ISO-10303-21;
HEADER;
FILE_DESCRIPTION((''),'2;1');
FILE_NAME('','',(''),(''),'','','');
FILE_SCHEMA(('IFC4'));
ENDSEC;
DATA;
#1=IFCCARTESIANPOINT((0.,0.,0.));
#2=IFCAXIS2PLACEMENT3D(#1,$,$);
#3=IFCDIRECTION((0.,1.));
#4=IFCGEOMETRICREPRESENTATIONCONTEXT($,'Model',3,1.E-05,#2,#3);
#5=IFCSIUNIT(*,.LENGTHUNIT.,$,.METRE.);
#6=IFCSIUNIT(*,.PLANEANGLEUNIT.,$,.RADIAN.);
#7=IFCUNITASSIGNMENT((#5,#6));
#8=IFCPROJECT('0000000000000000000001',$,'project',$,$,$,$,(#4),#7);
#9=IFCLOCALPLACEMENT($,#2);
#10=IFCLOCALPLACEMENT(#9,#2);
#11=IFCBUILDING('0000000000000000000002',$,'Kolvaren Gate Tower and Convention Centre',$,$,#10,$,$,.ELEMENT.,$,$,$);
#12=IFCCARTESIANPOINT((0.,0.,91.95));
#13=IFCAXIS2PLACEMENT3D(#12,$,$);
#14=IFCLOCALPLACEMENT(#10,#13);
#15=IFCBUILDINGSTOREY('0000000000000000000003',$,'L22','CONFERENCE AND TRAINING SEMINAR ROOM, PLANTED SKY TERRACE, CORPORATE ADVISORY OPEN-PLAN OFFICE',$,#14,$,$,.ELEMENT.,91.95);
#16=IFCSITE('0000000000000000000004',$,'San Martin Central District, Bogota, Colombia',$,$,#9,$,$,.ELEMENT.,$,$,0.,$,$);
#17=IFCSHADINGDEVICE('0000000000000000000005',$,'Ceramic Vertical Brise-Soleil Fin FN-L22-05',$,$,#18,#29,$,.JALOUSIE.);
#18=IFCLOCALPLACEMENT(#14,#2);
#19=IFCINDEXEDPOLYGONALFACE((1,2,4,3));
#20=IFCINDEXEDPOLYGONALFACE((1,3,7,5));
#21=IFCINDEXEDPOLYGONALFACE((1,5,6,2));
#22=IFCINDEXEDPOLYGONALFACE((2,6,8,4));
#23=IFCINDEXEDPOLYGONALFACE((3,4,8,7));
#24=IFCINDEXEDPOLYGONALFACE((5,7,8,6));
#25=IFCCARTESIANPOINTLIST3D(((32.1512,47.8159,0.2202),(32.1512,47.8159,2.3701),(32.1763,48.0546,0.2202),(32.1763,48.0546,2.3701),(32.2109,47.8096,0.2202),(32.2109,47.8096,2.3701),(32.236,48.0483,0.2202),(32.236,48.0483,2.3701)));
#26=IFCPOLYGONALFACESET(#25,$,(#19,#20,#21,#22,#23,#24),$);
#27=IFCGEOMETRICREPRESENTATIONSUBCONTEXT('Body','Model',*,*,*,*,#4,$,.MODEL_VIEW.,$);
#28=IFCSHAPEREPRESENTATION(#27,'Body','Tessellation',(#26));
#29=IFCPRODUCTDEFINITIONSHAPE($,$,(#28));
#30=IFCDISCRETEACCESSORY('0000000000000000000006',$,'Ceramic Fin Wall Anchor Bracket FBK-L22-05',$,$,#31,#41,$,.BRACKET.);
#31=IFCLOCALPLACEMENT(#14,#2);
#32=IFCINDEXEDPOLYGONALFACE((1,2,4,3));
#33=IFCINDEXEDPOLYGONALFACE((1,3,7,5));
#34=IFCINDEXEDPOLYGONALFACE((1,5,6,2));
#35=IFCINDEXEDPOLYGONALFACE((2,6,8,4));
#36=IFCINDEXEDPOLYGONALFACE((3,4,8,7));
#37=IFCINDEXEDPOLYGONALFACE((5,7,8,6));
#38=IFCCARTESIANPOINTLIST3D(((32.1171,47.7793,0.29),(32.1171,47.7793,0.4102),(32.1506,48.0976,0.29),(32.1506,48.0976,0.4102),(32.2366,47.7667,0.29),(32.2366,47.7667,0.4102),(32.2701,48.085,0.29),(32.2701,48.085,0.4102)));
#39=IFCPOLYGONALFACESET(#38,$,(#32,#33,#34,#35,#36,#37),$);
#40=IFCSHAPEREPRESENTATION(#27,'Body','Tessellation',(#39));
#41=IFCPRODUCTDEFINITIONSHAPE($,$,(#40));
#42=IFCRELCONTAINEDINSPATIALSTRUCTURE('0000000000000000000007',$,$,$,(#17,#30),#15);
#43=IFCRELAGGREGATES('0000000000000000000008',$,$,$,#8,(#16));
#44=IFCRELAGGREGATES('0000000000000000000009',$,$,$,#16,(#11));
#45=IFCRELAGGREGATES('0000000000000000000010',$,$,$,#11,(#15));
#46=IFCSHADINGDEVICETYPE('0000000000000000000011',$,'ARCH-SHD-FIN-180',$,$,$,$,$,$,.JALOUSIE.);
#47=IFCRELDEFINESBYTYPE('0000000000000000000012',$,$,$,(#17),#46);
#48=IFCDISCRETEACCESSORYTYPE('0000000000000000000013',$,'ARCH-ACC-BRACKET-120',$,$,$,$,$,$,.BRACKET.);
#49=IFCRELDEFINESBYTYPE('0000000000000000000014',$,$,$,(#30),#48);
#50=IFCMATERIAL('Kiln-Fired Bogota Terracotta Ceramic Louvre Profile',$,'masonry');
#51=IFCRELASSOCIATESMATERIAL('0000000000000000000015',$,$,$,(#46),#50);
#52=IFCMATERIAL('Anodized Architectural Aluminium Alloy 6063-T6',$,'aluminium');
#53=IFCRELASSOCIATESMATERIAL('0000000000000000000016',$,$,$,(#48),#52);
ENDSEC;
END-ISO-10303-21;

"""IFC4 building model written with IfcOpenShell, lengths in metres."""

from ifc_helpers import new_model, si_unit, direction, frame, origin, origin_2d, place, context, subcontext, project, spatial, rectangle, extrude, material, type_object, element, save


model = new_model("IFC4")

# Units and contexts
model_context = context("Model", 3, precision=1e-05, world=origin(), true_north=direction((0.0, 1.0)))
body_context = subcontext(model_context, "Body", "Model", "MODEL_VIEW")
ifc_project = project(units=[si_unit("LENGTHUNIT", "METRE"), si_unit("PLANEANGLEUNIT", "RADIAN")], contexts=[model_context])

# Site, building, storey
site_placement = place(None, origin())
site = spatial("IfcSite", under=ifc_project, at=site_placement, Name="San Martin Central District, Bogota, Colombia", CompositionType="ELEMENT", RefElevation=0.0)
building_placement = place(site_placement, origin())
building = spatial("IfcBuilding", under=site, at=building_placement, Name="Kolvaren Gate Tower and Convention Centre", CompositionType="ELEMENT")
storey_placement = place(building_placement, frame((0.0, 0.0, 91.95)))
storey = spatial("IfcBuildingStorey", under=building, at=storey_placement, Name="L22", Description="CONFERENCE AND TRAINING SEMINAR ROOM, PLANTED SKY TERRACE, CORPORATE ADVISORY OPEN-PLAN OFFICE", CompositionType="ELEMENT", Elevation=91.95)

# Shading device
ifc_material_1 = material(Name="Kiln-Fired Bogota Terracotta Ceramic Louvre Profile", Category="masonry")
shading_device_type = type_object("IfcShadingDeviceType", Name="ARCH-SHD-FIN-180", PredefinedType="JALOUSIE", material=ifc_material_1)
shading_device_placement = place(storey_placement, frame((32.1936, 47.9321, 0.2202), z_axis=(0.0, 0.0, 1.0), x_axis=(0.994499, -0.104747, 0.0)))
element("IfcShadingDevice", 1, at=shading_device_placement, inside=storey, type_object=shading_device_type, Name="Ceramic Vertical Brise-Soleil Fin FN-L22-05", PredefinedType="JALOUSIE", context=body_context, shape_type="SweptSolid", body=[
    extrude(rectangle(XDim=0.0601, YDim=0.24, at=origin_2d()), origin(), (0.0, 0.0, 1.0), 2.1499),
])

# Discrete accessory
ifc_material_2 = material(Name="Anodized Architectural Aluminium Alloy 6063-T6", Category="aluminium")
discrete_accessory_type = type_object("IfcDiscreteAccessoryType", Name="ARCH-ACC-BRACKET-120", PredefinedType="BRACKET", material=ifc_material_2)
discrete_accessory_placement = place(storey_placement, frame((32.1936, 47.9321, 0.29), z_axis=(0.0, 0.0, 1.0), x_axis=(0.994499, -0.104747, 0.0)))
element("IfcDiscreteAccessory", 2, at=discrete_accessory_placement, inside=storey, type_object=discrete_accessory_type, Name="Ceramic Fin Wall Anchor Bracket FBK-L22-05", PredefinedType="BRACKET", context=body_context, shape_type="SweptSolid", body=[
    extrude(rectangle(XDim=0.1201, YDim=0.3201, at=origin_2d()), origin(), (0.0, 0.0, 1.0), 0.1201),
])

save(model, "model.ifc")
